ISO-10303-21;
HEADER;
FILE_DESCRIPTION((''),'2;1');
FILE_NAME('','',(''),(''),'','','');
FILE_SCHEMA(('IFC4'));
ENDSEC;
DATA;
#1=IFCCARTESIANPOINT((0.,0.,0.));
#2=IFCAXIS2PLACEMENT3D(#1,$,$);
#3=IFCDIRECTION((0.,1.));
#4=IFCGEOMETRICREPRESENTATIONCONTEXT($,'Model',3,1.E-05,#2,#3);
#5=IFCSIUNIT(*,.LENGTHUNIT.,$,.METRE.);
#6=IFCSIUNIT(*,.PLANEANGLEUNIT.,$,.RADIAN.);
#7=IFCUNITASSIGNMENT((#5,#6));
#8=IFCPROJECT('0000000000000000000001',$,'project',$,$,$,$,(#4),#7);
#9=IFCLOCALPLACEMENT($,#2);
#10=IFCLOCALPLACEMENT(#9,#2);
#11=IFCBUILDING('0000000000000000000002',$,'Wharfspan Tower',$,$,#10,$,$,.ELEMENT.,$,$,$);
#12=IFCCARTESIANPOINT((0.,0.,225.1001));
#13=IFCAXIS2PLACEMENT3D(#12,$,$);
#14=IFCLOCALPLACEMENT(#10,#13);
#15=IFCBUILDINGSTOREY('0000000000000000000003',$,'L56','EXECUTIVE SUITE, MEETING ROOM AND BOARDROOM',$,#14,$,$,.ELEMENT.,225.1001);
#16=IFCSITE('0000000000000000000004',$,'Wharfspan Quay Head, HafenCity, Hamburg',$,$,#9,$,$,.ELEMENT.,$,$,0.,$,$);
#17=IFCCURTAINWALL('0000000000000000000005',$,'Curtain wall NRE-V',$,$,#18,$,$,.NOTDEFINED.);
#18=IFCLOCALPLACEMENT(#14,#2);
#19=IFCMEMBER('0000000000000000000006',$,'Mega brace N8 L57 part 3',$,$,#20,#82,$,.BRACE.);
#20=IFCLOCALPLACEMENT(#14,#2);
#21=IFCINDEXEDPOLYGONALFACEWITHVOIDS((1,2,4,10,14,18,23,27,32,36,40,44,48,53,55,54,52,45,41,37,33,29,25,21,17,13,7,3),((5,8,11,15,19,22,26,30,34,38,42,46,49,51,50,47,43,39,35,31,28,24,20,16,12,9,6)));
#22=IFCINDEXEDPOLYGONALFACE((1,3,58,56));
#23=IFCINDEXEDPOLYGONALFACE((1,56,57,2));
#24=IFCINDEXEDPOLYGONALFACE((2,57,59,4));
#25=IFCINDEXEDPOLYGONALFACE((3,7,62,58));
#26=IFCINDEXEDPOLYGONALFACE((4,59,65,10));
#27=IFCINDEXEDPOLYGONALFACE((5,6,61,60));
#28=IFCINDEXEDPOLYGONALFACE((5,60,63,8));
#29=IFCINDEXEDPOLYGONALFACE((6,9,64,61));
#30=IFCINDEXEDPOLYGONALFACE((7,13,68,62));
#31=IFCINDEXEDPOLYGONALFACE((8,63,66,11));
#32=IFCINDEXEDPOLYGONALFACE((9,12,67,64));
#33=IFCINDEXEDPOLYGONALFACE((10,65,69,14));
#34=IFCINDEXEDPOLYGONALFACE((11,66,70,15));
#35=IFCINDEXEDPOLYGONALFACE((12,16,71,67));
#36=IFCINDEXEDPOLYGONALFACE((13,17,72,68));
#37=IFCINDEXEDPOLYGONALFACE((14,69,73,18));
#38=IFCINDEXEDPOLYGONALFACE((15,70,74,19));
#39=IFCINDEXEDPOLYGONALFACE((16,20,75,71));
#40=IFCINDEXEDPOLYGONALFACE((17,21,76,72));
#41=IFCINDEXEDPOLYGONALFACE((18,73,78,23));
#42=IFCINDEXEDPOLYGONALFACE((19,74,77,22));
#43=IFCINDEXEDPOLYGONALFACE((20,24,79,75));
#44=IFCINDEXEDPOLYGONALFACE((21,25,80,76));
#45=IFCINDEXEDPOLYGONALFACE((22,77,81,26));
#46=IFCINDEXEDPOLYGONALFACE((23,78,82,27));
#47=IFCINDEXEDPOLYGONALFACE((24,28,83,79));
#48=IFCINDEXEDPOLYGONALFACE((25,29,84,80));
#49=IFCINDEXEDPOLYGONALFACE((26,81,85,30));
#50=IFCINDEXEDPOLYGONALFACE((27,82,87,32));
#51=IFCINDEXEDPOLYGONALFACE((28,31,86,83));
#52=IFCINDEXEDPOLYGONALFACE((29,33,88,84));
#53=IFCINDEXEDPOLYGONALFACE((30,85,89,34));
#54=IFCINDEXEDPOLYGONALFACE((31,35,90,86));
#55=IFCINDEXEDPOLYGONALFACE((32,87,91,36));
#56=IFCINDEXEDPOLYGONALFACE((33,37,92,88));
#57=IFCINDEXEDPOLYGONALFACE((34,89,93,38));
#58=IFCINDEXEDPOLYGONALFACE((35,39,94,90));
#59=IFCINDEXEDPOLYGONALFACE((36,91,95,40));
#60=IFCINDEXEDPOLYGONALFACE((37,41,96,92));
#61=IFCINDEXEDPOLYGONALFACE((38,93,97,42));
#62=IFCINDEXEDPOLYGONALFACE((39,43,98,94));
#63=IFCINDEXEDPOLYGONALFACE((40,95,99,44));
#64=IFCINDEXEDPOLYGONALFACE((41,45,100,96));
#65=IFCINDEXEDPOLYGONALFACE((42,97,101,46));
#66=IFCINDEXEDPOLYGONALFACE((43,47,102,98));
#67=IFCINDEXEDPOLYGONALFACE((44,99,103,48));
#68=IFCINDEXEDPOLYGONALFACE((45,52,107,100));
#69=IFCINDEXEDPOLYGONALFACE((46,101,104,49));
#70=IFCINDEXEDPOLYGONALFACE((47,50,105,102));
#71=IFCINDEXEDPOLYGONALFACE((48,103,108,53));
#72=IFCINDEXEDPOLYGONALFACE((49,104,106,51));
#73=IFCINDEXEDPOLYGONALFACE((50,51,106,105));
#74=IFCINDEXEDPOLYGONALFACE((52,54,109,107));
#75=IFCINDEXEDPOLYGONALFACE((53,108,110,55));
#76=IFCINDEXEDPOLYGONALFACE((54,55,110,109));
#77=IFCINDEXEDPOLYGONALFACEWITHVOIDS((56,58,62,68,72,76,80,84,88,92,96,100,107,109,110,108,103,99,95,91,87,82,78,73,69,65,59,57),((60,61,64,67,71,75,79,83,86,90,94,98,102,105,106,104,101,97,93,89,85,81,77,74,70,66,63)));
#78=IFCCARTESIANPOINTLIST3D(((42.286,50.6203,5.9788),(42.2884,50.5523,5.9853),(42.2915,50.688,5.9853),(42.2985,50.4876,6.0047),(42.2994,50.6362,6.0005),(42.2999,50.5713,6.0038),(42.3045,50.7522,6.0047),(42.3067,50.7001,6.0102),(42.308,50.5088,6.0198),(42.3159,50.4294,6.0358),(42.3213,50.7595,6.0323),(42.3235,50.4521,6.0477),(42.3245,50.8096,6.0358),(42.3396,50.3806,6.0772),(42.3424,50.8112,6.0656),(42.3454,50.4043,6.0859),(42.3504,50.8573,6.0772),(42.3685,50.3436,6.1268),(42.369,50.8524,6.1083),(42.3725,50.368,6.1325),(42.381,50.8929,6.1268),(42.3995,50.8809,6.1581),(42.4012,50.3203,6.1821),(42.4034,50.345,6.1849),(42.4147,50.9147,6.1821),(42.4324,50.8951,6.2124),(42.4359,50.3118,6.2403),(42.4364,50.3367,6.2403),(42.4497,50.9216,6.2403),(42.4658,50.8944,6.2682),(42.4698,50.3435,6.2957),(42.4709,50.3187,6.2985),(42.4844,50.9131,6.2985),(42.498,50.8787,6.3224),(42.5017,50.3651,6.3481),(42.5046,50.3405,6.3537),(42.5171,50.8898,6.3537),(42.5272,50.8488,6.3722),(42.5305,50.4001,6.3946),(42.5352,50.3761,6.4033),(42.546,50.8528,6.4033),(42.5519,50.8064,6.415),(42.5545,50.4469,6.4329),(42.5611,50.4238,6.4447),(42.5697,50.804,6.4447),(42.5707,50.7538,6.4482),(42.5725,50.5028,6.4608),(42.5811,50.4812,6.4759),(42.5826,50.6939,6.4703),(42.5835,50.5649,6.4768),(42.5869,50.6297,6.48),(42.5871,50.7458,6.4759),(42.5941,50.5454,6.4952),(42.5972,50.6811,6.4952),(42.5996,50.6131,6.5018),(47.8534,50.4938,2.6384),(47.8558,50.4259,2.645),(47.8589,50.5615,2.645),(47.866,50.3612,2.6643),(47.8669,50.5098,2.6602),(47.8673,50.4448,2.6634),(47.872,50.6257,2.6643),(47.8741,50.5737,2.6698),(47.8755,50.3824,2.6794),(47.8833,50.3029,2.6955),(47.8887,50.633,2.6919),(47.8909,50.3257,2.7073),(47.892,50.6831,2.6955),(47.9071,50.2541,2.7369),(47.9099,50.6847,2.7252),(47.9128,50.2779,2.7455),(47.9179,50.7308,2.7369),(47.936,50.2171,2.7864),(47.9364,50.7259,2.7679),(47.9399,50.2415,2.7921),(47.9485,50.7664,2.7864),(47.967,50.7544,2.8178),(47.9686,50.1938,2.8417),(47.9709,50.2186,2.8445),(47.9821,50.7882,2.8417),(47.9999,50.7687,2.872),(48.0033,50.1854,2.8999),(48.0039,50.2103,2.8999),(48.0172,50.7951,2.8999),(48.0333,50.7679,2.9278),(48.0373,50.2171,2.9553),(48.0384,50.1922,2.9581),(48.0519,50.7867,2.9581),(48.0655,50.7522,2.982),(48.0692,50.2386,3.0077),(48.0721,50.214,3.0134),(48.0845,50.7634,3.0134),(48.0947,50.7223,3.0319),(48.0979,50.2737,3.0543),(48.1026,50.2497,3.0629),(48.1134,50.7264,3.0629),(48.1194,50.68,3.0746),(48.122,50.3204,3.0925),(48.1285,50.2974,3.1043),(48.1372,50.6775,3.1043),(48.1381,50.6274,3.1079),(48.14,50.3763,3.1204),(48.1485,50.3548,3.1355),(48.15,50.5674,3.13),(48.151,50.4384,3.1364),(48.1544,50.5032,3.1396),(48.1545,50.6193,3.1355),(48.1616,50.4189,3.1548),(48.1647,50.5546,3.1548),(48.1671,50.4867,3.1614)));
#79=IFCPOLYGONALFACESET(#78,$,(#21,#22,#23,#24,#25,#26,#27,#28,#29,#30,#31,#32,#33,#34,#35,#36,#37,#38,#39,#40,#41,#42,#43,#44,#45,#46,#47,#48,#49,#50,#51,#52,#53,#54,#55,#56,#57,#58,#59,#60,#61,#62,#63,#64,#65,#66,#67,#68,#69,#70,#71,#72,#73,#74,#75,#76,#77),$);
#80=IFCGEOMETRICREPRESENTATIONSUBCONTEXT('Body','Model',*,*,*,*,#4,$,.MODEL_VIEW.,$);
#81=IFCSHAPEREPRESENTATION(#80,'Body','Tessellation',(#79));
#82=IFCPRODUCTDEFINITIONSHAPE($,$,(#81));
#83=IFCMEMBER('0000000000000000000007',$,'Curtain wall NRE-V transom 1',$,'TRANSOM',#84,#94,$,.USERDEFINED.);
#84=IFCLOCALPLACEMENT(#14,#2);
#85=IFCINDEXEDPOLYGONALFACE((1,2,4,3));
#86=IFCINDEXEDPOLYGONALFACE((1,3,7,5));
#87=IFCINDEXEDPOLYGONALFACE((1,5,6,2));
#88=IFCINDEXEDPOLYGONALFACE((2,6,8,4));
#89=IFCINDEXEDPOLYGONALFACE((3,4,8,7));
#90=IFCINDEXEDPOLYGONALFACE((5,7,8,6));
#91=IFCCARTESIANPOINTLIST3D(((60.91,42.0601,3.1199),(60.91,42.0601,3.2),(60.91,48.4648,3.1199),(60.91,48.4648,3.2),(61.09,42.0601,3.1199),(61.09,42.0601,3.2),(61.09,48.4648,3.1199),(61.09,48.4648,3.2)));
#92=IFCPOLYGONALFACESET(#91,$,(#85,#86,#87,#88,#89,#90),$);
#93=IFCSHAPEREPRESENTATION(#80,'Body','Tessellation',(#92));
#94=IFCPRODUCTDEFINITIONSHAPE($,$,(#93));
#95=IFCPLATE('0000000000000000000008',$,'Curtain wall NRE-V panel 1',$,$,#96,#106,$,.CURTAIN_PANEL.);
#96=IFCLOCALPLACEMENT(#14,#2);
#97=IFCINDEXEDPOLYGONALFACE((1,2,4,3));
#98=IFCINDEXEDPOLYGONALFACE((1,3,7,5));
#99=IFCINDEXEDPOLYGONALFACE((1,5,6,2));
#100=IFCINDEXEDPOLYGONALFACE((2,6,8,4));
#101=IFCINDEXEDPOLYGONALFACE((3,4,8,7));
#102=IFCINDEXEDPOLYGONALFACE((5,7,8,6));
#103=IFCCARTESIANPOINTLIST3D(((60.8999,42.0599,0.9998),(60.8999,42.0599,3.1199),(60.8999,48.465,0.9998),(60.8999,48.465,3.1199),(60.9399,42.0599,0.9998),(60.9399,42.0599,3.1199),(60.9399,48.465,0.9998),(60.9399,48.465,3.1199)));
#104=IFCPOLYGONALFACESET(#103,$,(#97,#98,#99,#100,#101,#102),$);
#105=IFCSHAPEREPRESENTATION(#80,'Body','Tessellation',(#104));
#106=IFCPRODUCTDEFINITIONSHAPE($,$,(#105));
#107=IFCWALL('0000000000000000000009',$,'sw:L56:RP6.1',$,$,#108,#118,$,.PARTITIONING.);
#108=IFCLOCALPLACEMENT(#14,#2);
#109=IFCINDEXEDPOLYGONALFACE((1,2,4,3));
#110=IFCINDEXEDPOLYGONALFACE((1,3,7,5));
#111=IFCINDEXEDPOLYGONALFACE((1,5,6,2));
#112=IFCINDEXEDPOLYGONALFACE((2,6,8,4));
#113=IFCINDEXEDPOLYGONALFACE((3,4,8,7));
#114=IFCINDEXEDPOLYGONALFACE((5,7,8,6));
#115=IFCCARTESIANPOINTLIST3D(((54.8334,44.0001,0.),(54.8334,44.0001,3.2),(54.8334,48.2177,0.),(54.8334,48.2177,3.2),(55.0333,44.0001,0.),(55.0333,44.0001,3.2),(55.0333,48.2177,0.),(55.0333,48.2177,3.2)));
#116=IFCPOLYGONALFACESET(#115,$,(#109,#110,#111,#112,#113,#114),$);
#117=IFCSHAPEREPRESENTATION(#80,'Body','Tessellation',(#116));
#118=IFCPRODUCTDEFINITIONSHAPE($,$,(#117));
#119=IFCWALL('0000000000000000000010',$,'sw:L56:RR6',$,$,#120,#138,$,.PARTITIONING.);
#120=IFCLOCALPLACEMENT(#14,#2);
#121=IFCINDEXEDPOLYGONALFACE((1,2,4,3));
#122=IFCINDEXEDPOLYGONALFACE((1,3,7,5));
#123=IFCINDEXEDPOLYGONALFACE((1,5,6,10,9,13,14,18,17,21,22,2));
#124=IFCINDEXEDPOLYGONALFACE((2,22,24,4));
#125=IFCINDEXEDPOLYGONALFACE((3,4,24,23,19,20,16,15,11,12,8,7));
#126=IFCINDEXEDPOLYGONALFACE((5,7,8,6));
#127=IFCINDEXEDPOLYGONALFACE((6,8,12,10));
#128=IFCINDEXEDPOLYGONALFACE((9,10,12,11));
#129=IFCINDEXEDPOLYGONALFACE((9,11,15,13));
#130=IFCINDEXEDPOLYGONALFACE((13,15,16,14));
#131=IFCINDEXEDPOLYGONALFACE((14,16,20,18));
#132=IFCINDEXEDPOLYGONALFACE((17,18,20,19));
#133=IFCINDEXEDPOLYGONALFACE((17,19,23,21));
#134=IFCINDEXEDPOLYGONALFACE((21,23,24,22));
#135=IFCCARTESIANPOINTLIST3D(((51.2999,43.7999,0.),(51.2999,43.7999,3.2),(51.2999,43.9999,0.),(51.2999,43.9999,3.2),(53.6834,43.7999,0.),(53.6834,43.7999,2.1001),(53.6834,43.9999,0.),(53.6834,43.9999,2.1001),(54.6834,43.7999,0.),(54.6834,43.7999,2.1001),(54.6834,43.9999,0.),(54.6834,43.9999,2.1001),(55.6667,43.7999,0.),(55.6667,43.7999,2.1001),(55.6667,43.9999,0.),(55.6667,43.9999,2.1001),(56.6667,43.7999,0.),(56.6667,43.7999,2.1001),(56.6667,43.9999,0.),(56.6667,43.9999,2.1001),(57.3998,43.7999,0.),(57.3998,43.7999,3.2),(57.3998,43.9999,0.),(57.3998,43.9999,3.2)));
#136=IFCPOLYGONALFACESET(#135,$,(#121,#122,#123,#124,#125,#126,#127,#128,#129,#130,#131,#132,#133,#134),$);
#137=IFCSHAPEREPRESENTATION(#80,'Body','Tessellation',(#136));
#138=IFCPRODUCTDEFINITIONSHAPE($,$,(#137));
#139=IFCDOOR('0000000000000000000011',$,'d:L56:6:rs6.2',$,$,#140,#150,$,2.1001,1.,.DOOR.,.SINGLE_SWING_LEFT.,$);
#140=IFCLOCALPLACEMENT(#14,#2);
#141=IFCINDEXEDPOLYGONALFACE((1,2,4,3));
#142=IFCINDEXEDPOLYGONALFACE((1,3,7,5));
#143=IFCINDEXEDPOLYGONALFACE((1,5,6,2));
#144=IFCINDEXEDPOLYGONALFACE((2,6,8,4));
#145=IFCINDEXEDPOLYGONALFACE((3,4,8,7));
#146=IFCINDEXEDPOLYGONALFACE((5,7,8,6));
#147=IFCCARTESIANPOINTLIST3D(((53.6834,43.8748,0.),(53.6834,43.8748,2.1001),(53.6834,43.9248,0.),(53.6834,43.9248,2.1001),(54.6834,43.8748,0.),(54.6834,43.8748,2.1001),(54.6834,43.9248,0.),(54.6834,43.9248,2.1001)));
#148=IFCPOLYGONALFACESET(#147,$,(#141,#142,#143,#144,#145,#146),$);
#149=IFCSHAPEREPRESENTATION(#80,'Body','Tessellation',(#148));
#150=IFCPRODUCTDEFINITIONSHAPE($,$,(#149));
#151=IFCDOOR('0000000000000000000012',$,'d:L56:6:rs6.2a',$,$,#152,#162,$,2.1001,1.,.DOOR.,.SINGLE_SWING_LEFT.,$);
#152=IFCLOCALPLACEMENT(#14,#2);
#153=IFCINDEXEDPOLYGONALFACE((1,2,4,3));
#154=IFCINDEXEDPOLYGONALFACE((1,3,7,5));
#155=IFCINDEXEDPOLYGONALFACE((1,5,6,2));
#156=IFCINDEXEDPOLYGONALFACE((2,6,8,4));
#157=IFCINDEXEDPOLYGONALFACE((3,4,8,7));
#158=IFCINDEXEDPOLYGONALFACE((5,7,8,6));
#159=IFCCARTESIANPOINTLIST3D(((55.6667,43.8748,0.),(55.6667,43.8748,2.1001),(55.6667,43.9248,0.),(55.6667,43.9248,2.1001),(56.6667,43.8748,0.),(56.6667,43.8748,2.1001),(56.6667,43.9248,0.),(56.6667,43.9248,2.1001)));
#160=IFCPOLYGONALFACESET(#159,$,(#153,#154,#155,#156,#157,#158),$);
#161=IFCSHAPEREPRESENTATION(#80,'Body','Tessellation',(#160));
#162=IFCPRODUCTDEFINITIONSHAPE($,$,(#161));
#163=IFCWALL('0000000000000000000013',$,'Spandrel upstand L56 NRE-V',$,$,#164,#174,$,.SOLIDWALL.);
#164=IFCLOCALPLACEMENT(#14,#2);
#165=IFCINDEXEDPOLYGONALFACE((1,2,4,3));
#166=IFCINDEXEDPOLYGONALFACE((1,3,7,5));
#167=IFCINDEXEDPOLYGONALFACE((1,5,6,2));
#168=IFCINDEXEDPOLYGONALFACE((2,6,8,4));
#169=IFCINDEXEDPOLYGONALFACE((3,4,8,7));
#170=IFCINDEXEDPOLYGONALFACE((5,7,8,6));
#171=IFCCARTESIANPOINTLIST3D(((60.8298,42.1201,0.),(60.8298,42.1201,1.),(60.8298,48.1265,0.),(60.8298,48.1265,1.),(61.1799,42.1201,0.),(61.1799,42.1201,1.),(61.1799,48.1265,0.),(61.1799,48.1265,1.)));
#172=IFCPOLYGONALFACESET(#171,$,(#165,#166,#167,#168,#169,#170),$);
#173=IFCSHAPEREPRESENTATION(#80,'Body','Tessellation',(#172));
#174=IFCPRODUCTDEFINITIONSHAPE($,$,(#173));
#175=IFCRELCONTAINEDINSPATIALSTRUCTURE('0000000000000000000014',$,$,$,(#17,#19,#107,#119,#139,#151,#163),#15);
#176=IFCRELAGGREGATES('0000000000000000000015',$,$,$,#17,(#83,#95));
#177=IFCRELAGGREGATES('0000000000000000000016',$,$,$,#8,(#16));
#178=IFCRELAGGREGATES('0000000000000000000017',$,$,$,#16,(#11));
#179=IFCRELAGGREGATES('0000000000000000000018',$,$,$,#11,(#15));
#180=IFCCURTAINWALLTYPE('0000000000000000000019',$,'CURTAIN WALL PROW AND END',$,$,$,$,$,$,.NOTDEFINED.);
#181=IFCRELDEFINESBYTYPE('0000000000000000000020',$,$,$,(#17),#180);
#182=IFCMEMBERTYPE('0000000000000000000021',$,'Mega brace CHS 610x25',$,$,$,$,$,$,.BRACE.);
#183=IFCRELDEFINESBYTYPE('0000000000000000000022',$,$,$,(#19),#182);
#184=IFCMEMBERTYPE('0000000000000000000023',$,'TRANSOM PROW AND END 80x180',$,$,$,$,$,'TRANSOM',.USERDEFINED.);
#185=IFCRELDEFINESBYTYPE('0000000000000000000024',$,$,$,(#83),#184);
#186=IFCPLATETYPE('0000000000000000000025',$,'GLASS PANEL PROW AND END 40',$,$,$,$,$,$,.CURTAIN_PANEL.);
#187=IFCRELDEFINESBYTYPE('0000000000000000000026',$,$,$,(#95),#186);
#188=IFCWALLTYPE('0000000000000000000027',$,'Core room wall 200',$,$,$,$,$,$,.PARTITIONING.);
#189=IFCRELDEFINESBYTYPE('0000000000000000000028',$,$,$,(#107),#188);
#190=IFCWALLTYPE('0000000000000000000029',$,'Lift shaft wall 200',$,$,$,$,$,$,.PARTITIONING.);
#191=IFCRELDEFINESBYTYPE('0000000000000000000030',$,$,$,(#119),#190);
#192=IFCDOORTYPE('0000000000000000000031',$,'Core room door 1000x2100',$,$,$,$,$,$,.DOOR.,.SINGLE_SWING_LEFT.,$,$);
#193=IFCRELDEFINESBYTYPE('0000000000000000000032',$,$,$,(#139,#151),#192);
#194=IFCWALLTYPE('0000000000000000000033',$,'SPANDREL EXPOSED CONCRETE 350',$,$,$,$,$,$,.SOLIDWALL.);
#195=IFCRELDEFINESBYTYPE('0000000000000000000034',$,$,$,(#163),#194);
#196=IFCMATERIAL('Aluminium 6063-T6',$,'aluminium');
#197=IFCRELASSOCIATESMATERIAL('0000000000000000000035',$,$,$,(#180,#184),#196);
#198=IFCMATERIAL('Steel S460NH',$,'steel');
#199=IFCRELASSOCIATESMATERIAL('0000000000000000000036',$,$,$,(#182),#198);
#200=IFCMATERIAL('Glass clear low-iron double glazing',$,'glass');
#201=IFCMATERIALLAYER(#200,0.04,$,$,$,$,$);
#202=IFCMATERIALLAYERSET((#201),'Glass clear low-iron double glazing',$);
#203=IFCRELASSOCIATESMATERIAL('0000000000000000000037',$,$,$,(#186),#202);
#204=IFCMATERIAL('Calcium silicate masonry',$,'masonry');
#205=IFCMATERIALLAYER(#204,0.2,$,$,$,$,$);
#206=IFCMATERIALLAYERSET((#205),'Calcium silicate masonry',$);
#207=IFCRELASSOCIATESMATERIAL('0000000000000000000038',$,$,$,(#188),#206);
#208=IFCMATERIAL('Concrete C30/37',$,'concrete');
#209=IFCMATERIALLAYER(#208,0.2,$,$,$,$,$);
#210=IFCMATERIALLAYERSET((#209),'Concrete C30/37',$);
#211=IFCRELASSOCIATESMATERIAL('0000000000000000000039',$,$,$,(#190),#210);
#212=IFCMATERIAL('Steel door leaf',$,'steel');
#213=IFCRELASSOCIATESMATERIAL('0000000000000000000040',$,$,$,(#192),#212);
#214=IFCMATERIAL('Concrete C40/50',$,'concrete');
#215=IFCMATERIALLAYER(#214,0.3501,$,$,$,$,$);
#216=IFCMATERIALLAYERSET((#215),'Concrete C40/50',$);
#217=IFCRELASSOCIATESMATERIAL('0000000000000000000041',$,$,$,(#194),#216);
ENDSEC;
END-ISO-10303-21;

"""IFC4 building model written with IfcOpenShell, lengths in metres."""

from ifc_helpers import new_model, si_unit, direction, frame, frame_2d, origin, origin_2d, place, context, subcontext, project, spatial, rectangle, hollow_circle, extrude, material, layer, layer_set, material_profile, profile_set, type_object, element, fill, aggregate, save


model = new_model("IFC4")

# Units and contexts
model_context = context("Model", 3, precision=1e-05, world=origin(), true_north=direction((0.0, 1.0)))
body_context = subcontext(model_context, "Body", "Model", "MODEL_VIEW")
ifc_project = project(units=[si_unit("LENGTHUNIT", "METRE"), si_unit("PLANEANGLEUNIT", "RADIAN")], contexts=[model_context])

# Site, building, storey
site_placement = place(None, origin())
site = spatial("IfcSite", under=ifc_project, at=site_placement, Name="Wharfspan Quay Head, HafenCity, Hamburg", CompositionType="ELEMENT", RefElevation=0.0)
building_placement = place(site_placement, origin())
building = spatial("IfcBuilding", under=site, at=building_placement, Name="Wharfspan Tower", CompositionType="ELEMENT")
storey_placement = place(building_placement, frame((0.0, 0.0, 225.1001)))
storey = spatial("IfcBuildingStorey", under=building, at=storey_placement, Name="L56", Description="EXECUTIVE SUITE, MEETING ROOM AND BOARDROOM", CompositionType="ELEMENT", Elevation=225.1001)

# Shared definitions
ifc_material_1 = material(Name="Aluminium 6063-T6", Category="aluminium")
curtain_wall_type = type_object("IfcCurtainWallType", Name="CURTAIN WALL PROW AND END", PredefinedType="NOTDEFINED", material=ifc_material_1)

# Curtain wall
curtain_wall_1_placement = place(storey_placement, origin())
curtain_wall_1 = element("IfcCurtainWall", 1, at=curtain_wall_1_placement, inside=storey, type_object=curtain_wall_type, Name="Curtain wall NRE-V", PredefinedType="NOTDEFINED")

# Members
ifc_material_2 = material(Name="Steel S460NH", Category="steel")
ifc_material_profile_1 = material_profile(ifc_material_2, hollow_circle(Radius=0.3049, WallThickness=0.0249, at=origin_2d()))
ifc_profile_set_1 = profile_set([ifc_material_profile_1], Name="Steel S460NH")
member_type_1 = type_object("IfcMemberType", Name="Mega brace CHS 610x25", PredefinedType="BRACE", material=ifc_profile_set_1)
member_1_placement = place(storey_placement, frame((48.0103, 50.4902, 2.8999), z_axis=(-0.857337, 0.019475, 0.514387), x_axis=(-0.022711, -0.999741, -0.000002)))
element("IfcMember", 2, at=member_1_placement, inside=storey, type_object=member_type_1, Name="Mega brace N8 L57 part 3", PredefinedType="BRACE", context=body_context, shape_type="SweptSolid", body=[
    extrude(hollow_circle(Radius=0.3049, WallThickness=0.0249, at=origin_2d()), origin(), (0.0, 0.0, 1.0), 6.4939),
])
ifc_material_profile_2 = material_profile(ifc_material_1, rectangle(XDim=0.1799, YDim=0.0801, at=origin_2d()))
ifc_profile_set_2 = profile_set([ifc_material_profile_2], Name="Aluminium 6063-T6")
member_type_2 = type_object("IfcMemberType", Name="TRANSOM PROW AND END 80x180", ElementType="TRANSOM", PredefinedType="USERDEFINED", material=ifc_profile_set_2)
member_2_placement = place(storey_placement, frame((61.0, 42.0601, 3.1599), z_axis=(0.0, 1.0, 0.0), x_axis=(-1.0, 0.0, 0.0)))
member_2 = element("IfcMember", 3, at=member_2_placement, type_object=member_type_2, Name="Curtain wall NRE-V transom 1", ObjectType="TRANSOM", PredefinedType="USERDEFINED", context=body_context, shape_type="SweptSolid", body=[
    extrude(rectangle(XDim=0.1799, YDim=0.0801, at=origin_2d()), origin(), (0.0, 0.0, 1.0), 6.4048),
])

# Plate
ifc_material_3 = material(Name="Glass clear low-iron double glazing", Category="glass")
ifc_layer_1 = layer(ifc_material_3, 0.04)
ifc_layer_set_1 = layer_set([ifc_layer_1], Name="Glass clear low-iron double glazing")
plate_type = type_object("IfcPlateType", Name="GLASS PANEL PROW AND END 40", PredefinedType="CURTAIN_PANEL", material=ifc_layer_set_1)
plate_placement = place(storey_placement, frame((60.9199, 45.2625, 0.9998), z_axis=(0.0, 0.0, 1.0), x_axis=(0.0, 1.0, 0.0)))
plate = element("IfcPlate", 4, at=plate_placement, type_object=plate_type, Name="Curtain wall NRE-V panel 1", PredefinedType="CURTAIN_PANEL", context=body_context, shape_type="SweptSolid", body=[
    extrude(rectangle(XDim=6.405, YDim=0.04, at=origin_2d()), origin(), (0.0, 0.0, 1.0), 2.1201),
])
aggregate(curtain_wall_1, [member_2, plate])

# Wall
ifc_material_4 = material(Name="Calcium silicate masonry", Category="masonry")
ifc_layer_2 = layer(ifc_material_4, 0.2)
ifc_layer_set_2 = layer_set([ifc_layer_2], Name="Calcium silicate masonry")
wall_type_1 = type_object("IfcWallType", Name="Core room wall 200", PredefinedType="PARTITIONING", material=ifc_layer_set_2)
wall_1_placement = place(storey_placement, frame((54.9333, 44.0, 0.0), z_axis=(0.0, 0.0, 1.0), x_axis=(0.0, 1.0, 0.0)))
element("IfcWall", 5, at=wall_1_placement, inside=storey, type_object=wall_type_1, Name="sw:L56:RP6.1", PredefinedType="PARTITIONING", context=body_context, shape_type="SweptSolid", body=[
    extrude(rectangle(XDim=4.2175, YDim=0.2, at=frame_2d((2.1089, 0.0))), origin(), (0.0, 0.0, 1.0), 3.2),
])

# Wall, openings, doors
ifc_material_5 = material(Name="Concrete C30/37", Category="concrete")
ifc_layer_3 = layer(ifc_material_5, 0.2)
ifc_layer_set_3 = layer_set([ifc_layer_3], Name="Concrete C30/37")
wall_type_2 = type_object("IfcWallType", Name="Lift shaft wall 200", PredefinedType="PARTITIONING", material=ifc_layer_set_3)
wall_2_placement = place(storey_placement, frame((51.3, 43.8999, 0.0), z_axis=(0.0, 0.0, 1.0), x_axis=(1.0, 0.0, 0.0)))
wall_2 = element("IfcWall", 6, at=wall_2_placement, inside=storey, type_object=wall_type_2, Name="sw:L56:RR6", PredefinedType="PARTITIONING", context=body_context, shape_type="SweptSolid", body=[
    extrude(rectangle(XDim=6.0999, YDim=0.2, at=frame_2d((3.0498, 0.0))), origin(), (0.0, 0.0, 1.0), 3.2),
])
opening_1_placement = place(wall_2_placement, frame((2.3833, 0.0, 0.0)))
opening_1 = element("IfcOpeningElement", 7, at=opening_1_placement, cuts=wall_2, PredefinedType="OPENING", context=body_context, shape_type="SweptSolid", body=[
    extrude(rectangle(XDim=1.0, YDim=2.1001, at=frame_2d((0.5, 1.05))), frame((0.0, 0.1099, 0.0), z_axis=(0.0, -1.0, 0.0), x_axis=(1.0, 0.0, 0.0)), (0.0, 0.0, 1.0), 0.22),
])
opening_2_placement = place(wall_2_placement, frame((4.3667, 0.0, 0.0)))
opening_2 = element("IfcOpeningElement", 8, at=opening_2_placement, cuts=wall_2, PredefinedType="OPENING", context=body_context, shape_type="SweptSolid", body=[
    extrude(rectangle(XDim=1.0, YDim=2.1001, at=frame_2d((0.5, 1.05))), frame((0.0, 0.1099, 0.0), z_axis=(0.0, -1.0, 0.0), x_axis=(1.0, 0.0, 0.0)), (0.0, 0.0, 1.0), 0.22),
])
ifc_material_6 = material(Name="Steel door leaf", Category="steel")
door_type = type_object("IfcDoorType", Name="Core room door 1000x2100", OperationType="SINGLE_SWING_LEFT", PredefinedType="DOOR", material=ifc_material_6)
door_1_placement = place(opening_1_placement, origin())
door_1 = element("IfcDoor", 9, at=door_1_placement, inside=storey, type_object=door_type, Name="d:L56:6:rs6.2", OperationType="SINGLE_SWING_LEFT", OverallHeight=2.1001, OverallWidth=1.0, PredefinedType="DOOR", context=body_context, shape_type="SweptSolid", body=[
    extrude(rectangle(XDim=1.0, YDim=2.1001, at=frame_2d((0.5, 1.05))), frame((0.0, 0.0249, 0.0), z_axis=(0.0, -1.0, 0.0), x_axis=(1.0, 0.0, 0.0)), (0.0, 0.0, 1.0), 0.05),
])
fill(opening_1, door_1)
door_2_placement = place(opening_2_placement, origin())
door_2 = element("IfcDoor", 10, at=door_2_placement, inside=storey, type_object=door_type, Name="d:L56:6:rs6.2a", OperationType="SINGLE_SWING_LEFT", OverallHeight=2.1001, OverallWidth=1.0, PredefinedType="DOOR", context=body_context, shape_type="SweptSolid", body=[
    extrude(rectangle(XDim=1.0, YDim=2.1001, at=frame_2d((0.5, 1.05))), frame((0.0, 0.0249, 0.0), z_axis=(0.0, -1.0, 0.0), x_axis=(1.0, 0.0, 0.0)), (0.0, 0.0, 1.0), 0.05),
])
fill(opening_2, door_2)

# Wall
ifc_material_7 = material(Name="Concrete C40/50", Category="concrete")
ifc_layer_4 = layer(ifc_material_7, 0.3501)
ifc_layer_set_4 = layer_set([ifc_layer_4], Name="Concrete C40/50")
wall_type_3 = type_object("IfcWallType", Name="SPANDREL EXPOSED CONCRETE 350", PredefinedType="SOLIDWALL", material=ifc_layer_set_4)
wall_3_placement = place(storey_placement, frame((61.0049, 42.1201, 0.0), z_axis=(0.0, 0.0, 1.0), x_axis=(0.0, 1.0, 0.0)))
element("IfcWall", 11, at=wall_3_placement, inside=storey, type_object=wall_type_3, Name="Spandrel upstand L56 NRE-V", PredefinedType="SOLIDWALL", context=body_context, shape_type="SweptSolid", body=[
    extrude(rectangle(XDim=6.0063, YDim=0.3501, at=frame_2d((3.0032, 0.0))), origin(), (0.0, 0.0, 1.0), 1.0),
])

save(model, "model.ifc")
